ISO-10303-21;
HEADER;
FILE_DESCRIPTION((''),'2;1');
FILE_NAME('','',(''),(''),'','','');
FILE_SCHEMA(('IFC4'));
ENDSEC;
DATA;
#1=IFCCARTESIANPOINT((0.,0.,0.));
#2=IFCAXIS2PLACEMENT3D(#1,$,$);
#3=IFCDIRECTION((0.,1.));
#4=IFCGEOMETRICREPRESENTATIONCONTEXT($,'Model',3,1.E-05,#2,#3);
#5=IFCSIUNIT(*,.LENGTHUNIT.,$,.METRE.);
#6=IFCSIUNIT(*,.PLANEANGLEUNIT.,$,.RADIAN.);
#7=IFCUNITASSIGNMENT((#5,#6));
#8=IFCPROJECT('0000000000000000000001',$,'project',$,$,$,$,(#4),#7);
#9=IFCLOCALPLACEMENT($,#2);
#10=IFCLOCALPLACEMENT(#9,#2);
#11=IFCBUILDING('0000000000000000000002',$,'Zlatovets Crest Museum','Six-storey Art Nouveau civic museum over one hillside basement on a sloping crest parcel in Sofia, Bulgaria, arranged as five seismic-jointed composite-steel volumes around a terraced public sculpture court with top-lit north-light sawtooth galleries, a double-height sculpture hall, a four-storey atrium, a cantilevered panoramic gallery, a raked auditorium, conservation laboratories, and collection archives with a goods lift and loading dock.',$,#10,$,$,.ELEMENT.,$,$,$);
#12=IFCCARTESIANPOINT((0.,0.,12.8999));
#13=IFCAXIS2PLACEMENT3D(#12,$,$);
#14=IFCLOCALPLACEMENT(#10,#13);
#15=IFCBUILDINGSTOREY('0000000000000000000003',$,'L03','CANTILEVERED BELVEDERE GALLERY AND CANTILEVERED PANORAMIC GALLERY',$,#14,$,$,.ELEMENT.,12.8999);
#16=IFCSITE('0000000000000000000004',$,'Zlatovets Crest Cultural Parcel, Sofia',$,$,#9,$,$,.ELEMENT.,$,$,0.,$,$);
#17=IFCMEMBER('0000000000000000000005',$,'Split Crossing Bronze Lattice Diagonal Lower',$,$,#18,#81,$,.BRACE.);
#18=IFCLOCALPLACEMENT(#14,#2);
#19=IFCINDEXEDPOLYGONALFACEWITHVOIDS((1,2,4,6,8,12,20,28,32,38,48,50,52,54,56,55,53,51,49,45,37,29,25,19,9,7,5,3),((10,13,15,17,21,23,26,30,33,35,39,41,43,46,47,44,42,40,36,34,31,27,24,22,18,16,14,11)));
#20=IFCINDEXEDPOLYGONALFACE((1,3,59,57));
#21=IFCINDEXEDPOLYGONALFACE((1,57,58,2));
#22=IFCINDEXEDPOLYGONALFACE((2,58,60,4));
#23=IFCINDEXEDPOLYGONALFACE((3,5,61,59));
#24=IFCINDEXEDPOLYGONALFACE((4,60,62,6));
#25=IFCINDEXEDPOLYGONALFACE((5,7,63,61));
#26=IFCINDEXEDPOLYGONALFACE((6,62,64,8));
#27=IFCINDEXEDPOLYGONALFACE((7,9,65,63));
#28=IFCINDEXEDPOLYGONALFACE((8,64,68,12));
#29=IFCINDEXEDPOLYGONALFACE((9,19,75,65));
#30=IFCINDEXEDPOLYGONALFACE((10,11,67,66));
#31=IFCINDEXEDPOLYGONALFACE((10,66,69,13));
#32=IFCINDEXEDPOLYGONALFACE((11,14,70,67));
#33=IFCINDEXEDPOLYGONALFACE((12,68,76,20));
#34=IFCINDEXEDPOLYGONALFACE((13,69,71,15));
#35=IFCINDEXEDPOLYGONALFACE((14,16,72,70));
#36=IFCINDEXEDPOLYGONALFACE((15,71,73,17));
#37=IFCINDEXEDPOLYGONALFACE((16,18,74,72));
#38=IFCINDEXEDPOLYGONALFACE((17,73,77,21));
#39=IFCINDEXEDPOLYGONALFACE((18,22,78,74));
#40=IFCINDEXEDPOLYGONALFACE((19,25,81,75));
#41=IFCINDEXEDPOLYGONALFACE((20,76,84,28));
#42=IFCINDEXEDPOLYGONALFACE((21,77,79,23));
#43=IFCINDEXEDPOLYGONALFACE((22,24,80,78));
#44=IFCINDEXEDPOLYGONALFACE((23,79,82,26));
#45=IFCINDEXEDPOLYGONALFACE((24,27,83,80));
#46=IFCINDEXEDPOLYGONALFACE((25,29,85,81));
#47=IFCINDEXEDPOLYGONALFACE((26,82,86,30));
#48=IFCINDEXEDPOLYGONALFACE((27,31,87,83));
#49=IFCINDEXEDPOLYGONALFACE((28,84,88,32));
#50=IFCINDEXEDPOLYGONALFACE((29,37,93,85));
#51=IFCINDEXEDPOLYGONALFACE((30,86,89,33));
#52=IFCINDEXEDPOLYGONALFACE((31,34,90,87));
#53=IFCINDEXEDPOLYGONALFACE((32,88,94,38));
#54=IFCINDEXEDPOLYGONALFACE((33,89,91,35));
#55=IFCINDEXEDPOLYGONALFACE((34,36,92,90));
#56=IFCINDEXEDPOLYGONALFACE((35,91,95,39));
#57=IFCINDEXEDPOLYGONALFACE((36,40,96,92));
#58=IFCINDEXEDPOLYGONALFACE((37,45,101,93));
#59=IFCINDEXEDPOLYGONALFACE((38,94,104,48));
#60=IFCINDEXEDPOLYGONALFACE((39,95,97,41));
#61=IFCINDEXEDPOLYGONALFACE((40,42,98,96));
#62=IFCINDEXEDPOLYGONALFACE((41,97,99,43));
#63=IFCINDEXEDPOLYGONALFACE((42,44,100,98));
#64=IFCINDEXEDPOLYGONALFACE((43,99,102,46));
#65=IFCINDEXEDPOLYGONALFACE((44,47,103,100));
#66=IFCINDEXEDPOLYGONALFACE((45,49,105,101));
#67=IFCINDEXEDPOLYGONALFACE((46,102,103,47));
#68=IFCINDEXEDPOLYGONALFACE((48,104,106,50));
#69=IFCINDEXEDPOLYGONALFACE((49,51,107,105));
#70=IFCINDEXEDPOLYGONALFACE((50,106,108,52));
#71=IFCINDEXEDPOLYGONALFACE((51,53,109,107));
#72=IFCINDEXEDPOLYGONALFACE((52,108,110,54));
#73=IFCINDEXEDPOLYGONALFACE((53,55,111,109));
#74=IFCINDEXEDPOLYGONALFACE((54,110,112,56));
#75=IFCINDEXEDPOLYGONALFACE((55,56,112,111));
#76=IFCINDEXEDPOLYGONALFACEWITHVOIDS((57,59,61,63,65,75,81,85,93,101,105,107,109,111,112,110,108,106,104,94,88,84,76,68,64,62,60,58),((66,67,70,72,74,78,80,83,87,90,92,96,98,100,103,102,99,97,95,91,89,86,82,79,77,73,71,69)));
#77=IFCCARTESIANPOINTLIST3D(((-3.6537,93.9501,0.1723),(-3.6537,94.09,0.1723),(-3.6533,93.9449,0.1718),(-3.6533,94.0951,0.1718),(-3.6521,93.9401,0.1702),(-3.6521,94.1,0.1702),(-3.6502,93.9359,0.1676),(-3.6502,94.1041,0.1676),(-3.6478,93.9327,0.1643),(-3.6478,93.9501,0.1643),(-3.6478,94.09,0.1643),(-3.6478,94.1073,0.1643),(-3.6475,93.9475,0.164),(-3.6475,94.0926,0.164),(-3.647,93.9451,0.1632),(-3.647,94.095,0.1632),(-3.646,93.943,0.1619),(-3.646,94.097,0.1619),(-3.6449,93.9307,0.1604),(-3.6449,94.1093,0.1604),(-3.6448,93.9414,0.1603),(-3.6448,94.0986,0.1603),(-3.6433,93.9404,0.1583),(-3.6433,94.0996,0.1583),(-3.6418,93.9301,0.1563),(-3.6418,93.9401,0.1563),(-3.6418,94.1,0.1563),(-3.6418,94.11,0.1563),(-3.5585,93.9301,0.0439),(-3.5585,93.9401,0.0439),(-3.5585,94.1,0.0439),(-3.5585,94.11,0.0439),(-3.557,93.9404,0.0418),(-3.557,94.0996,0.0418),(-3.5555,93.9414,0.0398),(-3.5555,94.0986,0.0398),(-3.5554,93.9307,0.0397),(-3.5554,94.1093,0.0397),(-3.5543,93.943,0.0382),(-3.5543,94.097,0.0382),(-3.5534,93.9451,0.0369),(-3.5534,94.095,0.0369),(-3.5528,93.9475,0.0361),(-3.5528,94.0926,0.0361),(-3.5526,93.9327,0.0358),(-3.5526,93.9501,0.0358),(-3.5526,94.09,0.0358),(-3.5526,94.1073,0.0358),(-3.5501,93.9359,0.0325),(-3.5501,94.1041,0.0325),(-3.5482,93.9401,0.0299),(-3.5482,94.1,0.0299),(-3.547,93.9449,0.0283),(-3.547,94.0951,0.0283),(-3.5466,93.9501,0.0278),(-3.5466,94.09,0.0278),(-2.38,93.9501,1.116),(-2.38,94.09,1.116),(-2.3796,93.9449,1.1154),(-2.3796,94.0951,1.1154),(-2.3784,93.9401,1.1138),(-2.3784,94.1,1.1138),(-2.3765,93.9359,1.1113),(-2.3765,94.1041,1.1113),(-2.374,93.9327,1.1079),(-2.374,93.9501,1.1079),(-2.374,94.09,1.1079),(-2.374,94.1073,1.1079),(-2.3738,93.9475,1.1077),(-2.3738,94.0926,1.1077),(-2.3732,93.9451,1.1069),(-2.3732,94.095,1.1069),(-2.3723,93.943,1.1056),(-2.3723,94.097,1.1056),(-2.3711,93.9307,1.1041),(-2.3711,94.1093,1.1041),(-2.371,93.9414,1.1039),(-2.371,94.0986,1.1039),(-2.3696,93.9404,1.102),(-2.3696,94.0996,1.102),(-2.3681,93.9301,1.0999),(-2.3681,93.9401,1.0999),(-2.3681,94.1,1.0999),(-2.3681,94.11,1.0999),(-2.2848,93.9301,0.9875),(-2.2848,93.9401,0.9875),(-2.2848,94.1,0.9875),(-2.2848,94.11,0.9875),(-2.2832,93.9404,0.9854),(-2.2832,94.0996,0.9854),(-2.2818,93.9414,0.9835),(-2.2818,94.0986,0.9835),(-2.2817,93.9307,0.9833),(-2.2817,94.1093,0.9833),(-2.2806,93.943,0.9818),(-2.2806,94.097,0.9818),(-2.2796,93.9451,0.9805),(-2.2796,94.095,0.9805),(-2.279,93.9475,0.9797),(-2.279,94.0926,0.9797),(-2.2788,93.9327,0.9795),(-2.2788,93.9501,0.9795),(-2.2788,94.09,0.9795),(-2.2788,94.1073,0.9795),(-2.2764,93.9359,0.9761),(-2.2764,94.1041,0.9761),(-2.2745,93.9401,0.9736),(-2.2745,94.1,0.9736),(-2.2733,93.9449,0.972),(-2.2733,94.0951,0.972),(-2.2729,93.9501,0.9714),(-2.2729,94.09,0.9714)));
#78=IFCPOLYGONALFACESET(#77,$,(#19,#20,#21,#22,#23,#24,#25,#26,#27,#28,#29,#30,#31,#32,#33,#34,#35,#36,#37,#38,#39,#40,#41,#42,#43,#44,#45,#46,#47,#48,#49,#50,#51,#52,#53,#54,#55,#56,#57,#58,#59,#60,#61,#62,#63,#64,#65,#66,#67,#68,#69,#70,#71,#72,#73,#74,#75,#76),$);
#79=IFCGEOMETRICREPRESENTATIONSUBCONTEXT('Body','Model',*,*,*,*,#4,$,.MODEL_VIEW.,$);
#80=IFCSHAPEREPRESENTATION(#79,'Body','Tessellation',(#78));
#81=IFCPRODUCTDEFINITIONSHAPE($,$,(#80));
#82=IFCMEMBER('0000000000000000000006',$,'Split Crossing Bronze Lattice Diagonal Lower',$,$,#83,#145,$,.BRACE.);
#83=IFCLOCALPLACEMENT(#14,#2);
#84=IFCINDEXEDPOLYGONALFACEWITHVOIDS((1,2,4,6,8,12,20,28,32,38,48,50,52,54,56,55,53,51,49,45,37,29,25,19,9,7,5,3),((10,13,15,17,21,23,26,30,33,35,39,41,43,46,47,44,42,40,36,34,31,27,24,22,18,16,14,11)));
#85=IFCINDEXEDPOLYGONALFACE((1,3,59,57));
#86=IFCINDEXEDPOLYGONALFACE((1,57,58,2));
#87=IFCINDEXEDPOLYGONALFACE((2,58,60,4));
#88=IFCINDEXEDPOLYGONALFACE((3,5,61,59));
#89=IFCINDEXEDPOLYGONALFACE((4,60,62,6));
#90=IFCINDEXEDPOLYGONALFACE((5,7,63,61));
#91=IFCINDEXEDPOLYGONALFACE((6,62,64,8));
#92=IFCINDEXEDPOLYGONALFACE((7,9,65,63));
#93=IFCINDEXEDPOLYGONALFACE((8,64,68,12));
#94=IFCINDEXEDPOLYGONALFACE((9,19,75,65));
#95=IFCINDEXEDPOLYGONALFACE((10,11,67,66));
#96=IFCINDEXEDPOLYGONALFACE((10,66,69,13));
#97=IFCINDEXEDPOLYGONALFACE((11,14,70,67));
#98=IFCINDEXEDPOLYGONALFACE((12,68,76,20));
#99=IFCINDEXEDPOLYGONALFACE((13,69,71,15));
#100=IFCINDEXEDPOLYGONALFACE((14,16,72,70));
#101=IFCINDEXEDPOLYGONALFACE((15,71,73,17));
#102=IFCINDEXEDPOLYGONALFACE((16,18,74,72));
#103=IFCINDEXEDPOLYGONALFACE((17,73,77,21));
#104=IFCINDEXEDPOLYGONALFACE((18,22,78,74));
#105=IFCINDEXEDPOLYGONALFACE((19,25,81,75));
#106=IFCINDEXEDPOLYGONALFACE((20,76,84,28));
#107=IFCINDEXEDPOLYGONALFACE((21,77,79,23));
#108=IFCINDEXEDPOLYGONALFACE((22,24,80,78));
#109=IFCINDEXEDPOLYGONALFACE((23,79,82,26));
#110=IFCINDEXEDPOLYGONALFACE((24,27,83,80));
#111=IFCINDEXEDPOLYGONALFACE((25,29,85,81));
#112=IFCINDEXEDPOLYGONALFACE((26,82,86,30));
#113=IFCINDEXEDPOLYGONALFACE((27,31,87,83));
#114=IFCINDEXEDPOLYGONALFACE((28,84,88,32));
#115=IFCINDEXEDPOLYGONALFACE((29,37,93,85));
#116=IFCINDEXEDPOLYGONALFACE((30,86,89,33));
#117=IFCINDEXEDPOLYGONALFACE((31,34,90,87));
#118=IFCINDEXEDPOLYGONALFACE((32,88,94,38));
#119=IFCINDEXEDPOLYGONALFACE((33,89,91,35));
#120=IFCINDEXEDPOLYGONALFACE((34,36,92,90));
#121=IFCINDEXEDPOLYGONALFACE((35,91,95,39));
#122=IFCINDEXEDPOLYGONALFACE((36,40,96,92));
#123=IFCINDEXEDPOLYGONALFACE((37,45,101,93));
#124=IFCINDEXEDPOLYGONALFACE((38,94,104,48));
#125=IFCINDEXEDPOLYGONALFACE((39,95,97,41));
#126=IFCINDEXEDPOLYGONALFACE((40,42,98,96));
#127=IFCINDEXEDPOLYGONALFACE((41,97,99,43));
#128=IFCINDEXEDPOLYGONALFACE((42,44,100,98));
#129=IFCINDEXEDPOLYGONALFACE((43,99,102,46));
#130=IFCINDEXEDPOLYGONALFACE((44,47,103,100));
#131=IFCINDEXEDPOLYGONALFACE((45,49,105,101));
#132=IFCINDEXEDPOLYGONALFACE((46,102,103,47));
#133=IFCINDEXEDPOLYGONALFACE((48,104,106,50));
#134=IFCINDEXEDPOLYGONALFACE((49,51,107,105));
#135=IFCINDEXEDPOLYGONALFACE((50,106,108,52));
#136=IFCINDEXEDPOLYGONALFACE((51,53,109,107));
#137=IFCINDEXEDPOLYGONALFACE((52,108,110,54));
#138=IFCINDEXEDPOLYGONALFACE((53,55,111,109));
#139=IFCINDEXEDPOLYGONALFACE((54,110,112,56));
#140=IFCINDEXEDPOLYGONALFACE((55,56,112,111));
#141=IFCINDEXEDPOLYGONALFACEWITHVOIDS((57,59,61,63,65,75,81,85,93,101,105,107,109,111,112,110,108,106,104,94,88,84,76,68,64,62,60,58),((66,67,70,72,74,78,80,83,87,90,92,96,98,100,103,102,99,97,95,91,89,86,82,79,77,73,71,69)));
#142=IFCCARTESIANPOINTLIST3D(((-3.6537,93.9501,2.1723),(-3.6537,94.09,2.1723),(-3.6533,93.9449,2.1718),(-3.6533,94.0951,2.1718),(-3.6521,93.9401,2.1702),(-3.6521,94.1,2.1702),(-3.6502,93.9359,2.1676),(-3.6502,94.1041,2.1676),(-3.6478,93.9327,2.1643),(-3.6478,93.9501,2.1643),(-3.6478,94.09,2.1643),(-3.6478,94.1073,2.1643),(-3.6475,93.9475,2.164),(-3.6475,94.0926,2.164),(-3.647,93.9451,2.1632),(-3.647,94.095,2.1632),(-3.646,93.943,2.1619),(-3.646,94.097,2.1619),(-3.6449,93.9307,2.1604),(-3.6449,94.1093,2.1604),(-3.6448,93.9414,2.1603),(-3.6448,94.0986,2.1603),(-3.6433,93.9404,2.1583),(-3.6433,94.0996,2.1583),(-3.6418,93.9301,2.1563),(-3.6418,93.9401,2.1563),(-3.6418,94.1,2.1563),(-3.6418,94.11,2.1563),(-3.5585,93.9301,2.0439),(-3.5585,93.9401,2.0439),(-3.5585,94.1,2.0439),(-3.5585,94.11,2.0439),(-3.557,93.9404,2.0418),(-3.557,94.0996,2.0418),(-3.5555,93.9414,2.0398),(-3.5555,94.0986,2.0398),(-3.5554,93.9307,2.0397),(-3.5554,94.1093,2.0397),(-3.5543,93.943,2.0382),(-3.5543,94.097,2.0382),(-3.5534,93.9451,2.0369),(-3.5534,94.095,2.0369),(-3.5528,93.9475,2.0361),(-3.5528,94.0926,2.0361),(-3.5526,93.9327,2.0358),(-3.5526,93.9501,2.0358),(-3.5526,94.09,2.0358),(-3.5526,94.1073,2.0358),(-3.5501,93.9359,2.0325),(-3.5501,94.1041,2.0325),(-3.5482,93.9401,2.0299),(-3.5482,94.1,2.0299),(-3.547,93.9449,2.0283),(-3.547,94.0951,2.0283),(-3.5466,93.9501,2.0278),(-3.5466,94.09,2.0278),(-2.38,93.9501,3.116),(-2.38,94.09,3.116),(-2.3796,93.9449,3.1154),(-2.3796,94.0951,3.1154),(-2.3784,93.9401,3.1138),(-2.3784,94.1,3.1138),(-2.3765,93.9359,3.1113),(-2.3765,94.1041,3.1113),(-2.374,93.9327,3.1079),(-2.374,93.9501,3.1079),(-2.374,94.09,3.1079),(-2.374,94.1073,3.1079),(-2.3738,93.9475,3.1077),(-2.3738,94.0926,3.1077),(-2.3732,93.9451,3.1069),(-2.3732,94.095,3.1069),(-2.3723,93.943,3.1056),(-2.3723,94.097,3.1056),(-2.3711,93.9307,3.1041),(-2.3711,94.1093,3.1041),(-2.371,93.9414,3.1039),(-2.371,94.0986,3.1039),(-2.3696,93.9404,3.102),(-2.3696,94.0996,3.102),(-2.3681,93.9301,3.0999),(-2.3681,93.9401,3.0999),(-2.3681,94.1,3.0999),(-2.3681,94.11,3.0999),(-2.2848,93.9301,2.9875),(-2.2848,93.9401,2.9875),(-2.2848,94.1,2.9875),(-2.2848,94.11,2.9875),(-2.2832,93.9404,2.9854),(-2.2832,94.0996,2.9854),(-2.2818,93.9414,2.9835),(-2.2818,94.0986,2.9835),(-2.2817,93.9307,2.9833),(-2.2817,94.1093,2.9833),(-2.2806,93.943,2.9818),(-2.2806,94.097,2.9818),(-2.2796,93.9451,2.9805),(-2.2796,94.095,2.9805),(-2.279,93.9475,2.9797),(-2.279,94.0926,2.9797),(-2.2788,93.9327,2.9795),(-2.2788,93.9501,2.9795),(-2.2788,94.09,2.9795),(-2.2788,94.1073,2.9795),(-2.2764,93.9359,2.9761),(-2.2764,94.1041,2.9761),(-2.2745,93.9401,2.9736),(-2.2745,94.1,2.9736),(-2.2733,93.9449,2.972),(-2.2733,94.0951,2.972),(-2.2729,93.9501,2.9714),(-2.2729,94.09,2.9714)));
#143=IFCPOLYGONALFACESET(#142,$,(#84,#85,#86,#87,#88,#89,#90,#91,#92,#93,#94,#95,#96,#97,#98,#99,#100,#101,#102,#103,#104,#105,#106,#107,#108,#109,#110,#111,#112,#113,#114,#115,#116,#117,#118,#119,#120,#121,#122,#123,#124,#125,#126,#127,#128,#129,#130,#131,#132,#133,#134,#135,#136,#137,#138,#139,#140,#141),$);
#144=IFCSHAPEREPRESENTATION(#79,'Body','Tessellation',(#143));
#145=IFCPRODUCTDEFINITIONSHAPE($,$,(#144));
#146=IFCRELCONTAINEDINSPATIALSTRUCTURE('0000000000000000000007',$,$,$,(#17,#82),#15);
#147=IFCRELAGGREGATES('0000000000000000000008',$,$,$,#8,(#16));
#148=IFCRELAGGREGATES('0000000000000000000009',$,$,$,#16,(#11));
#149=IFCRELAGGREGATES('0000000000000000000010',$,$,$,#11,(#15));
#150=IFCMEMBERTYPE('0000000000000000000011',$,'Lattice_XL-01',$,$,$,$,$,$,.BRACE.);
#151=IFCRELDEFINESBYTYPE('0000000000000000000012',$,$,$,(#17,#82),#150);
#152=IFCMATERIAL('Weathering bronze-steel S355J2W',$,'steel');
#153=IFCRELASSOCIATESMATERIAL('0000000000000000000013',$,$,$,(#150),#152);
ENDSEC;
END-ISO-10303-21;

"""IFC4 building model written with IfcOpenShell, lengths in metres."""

from ifc_helpers import new_model, si_unit, direction, frame, origin, origin_2d, place, context, subcontext, project, spatial, hollow_rectangle, extrude, material, material_profile, profile_set, type_object, element, save


model = new_model("IFC4")

# Units and contexts
model_context = context("Model", 3, precision=1e-05, world=origin(), true_north=direction((0.0, 1.0)))
body_context = subcontext(model_context, "Body", "Model", "MODEL_VIEW")
ifc_project = project(units=[si_unit("LENGTHUNIT", "METRE"), si_unit("PLANEANGLEUNIT", "RADIAN")], contexts=[model_context])

# Site, building, storey
site_placement = place(None, origin())
site = spatial("IfcSite", under=ifc_project, at=site_placement, Name="Zlatovets Crest Cultural Parcel, Sofia", CompositionType="ELEMENT", RefElevation=0.0)
building_placement = place(site_placement, origin())
building = spatial("IfcBuilding", under=site, at=building_placement, Name="Zlatovets Crest Museum", Description="Six-storey Art Nouveau civic museum over one hillside basement on a sloping crest parcel in Sofia, Bulgaria, arranged as five seismic-jointed composite-steel volumes around a terraced public sculpture court with top-lit north-light sawtooth galleries, a double-height sculpture hall, a four-storey atrium, a cantilevered panoramic gallery, a raked auditorium, conservation laboratories, and collection archives with a goods lift and loading dock.", CompositionType="ELEMENT")
storey_placement = place(building_placement, frame((0.0, 0.0, 12.8999)))
storey = spatial("IfcBuildingStorey", under=building, at=storey_placement, Name="L03", Description="CANTILEVERED BELVEDERE GALLERY AND CANTILEVERED PANORAMIC GALLERY", CompositionType="ELEMENT", Elevation=12.8999)

# Members
ifc_material_1 = material(Name="Weathering bronze-steel S355J2W", Category="steel")
ifc_material_profile_1 = material_profile(ifc_material_1, hollow_rectangle(XDim=0.1799, YDim=0.1799, WallThickness=0.01, InnerFilletRadius=0.01, OuterFilletRadius=0.02, at=origin_2d()), Name="SHS 180x180x10.0")
ifc_profile_set_1 = profile_set([ifc_material_profile_1], Name="Weathering bronze-steel S355J2W")
member_type_1 = type_object("IfcMemberType", Name="Lattice_XL-01", PredefinedType="BRACE", material=ifc_profile_set_1)
for number, where, z_axis, x_axis, name in (
    (1, (-2.3264, 94.02, 1.0437), (-0.803516, 0.0, -0.595283), (0.0, -1.0, 0.0), "Split Crossing Bronze Lattice Diagonal Lower"),
    (2, (-2.3264, 94.02, 3.0437), (-0.803516, 0.0, -0.595283), (0.0, -1.0, 0.0), "Split Crossing Bronze Lattice Diagonal Lower"),
):
    element("IfcMember", number, at=place(storey_placement, frame(where, z_axis=z_axis, x_axis=x_axis)), inside=storey, type_object=member_type_1, Name=name, PredefinedType="BRACE", context=body_context, shape_type="SweptSolid", body=[
        extrude(hollow_rectangle(XDim=0.1799, YDim=0.1799, WallThickness=0.01, InnerFilletRadius=0.01, OuterFilletRadius=0.02, at=origin_2d()), origin(), (0.0, 0.0, 1.0), 1.5852),
    ])

save(model, "model.ifc")
